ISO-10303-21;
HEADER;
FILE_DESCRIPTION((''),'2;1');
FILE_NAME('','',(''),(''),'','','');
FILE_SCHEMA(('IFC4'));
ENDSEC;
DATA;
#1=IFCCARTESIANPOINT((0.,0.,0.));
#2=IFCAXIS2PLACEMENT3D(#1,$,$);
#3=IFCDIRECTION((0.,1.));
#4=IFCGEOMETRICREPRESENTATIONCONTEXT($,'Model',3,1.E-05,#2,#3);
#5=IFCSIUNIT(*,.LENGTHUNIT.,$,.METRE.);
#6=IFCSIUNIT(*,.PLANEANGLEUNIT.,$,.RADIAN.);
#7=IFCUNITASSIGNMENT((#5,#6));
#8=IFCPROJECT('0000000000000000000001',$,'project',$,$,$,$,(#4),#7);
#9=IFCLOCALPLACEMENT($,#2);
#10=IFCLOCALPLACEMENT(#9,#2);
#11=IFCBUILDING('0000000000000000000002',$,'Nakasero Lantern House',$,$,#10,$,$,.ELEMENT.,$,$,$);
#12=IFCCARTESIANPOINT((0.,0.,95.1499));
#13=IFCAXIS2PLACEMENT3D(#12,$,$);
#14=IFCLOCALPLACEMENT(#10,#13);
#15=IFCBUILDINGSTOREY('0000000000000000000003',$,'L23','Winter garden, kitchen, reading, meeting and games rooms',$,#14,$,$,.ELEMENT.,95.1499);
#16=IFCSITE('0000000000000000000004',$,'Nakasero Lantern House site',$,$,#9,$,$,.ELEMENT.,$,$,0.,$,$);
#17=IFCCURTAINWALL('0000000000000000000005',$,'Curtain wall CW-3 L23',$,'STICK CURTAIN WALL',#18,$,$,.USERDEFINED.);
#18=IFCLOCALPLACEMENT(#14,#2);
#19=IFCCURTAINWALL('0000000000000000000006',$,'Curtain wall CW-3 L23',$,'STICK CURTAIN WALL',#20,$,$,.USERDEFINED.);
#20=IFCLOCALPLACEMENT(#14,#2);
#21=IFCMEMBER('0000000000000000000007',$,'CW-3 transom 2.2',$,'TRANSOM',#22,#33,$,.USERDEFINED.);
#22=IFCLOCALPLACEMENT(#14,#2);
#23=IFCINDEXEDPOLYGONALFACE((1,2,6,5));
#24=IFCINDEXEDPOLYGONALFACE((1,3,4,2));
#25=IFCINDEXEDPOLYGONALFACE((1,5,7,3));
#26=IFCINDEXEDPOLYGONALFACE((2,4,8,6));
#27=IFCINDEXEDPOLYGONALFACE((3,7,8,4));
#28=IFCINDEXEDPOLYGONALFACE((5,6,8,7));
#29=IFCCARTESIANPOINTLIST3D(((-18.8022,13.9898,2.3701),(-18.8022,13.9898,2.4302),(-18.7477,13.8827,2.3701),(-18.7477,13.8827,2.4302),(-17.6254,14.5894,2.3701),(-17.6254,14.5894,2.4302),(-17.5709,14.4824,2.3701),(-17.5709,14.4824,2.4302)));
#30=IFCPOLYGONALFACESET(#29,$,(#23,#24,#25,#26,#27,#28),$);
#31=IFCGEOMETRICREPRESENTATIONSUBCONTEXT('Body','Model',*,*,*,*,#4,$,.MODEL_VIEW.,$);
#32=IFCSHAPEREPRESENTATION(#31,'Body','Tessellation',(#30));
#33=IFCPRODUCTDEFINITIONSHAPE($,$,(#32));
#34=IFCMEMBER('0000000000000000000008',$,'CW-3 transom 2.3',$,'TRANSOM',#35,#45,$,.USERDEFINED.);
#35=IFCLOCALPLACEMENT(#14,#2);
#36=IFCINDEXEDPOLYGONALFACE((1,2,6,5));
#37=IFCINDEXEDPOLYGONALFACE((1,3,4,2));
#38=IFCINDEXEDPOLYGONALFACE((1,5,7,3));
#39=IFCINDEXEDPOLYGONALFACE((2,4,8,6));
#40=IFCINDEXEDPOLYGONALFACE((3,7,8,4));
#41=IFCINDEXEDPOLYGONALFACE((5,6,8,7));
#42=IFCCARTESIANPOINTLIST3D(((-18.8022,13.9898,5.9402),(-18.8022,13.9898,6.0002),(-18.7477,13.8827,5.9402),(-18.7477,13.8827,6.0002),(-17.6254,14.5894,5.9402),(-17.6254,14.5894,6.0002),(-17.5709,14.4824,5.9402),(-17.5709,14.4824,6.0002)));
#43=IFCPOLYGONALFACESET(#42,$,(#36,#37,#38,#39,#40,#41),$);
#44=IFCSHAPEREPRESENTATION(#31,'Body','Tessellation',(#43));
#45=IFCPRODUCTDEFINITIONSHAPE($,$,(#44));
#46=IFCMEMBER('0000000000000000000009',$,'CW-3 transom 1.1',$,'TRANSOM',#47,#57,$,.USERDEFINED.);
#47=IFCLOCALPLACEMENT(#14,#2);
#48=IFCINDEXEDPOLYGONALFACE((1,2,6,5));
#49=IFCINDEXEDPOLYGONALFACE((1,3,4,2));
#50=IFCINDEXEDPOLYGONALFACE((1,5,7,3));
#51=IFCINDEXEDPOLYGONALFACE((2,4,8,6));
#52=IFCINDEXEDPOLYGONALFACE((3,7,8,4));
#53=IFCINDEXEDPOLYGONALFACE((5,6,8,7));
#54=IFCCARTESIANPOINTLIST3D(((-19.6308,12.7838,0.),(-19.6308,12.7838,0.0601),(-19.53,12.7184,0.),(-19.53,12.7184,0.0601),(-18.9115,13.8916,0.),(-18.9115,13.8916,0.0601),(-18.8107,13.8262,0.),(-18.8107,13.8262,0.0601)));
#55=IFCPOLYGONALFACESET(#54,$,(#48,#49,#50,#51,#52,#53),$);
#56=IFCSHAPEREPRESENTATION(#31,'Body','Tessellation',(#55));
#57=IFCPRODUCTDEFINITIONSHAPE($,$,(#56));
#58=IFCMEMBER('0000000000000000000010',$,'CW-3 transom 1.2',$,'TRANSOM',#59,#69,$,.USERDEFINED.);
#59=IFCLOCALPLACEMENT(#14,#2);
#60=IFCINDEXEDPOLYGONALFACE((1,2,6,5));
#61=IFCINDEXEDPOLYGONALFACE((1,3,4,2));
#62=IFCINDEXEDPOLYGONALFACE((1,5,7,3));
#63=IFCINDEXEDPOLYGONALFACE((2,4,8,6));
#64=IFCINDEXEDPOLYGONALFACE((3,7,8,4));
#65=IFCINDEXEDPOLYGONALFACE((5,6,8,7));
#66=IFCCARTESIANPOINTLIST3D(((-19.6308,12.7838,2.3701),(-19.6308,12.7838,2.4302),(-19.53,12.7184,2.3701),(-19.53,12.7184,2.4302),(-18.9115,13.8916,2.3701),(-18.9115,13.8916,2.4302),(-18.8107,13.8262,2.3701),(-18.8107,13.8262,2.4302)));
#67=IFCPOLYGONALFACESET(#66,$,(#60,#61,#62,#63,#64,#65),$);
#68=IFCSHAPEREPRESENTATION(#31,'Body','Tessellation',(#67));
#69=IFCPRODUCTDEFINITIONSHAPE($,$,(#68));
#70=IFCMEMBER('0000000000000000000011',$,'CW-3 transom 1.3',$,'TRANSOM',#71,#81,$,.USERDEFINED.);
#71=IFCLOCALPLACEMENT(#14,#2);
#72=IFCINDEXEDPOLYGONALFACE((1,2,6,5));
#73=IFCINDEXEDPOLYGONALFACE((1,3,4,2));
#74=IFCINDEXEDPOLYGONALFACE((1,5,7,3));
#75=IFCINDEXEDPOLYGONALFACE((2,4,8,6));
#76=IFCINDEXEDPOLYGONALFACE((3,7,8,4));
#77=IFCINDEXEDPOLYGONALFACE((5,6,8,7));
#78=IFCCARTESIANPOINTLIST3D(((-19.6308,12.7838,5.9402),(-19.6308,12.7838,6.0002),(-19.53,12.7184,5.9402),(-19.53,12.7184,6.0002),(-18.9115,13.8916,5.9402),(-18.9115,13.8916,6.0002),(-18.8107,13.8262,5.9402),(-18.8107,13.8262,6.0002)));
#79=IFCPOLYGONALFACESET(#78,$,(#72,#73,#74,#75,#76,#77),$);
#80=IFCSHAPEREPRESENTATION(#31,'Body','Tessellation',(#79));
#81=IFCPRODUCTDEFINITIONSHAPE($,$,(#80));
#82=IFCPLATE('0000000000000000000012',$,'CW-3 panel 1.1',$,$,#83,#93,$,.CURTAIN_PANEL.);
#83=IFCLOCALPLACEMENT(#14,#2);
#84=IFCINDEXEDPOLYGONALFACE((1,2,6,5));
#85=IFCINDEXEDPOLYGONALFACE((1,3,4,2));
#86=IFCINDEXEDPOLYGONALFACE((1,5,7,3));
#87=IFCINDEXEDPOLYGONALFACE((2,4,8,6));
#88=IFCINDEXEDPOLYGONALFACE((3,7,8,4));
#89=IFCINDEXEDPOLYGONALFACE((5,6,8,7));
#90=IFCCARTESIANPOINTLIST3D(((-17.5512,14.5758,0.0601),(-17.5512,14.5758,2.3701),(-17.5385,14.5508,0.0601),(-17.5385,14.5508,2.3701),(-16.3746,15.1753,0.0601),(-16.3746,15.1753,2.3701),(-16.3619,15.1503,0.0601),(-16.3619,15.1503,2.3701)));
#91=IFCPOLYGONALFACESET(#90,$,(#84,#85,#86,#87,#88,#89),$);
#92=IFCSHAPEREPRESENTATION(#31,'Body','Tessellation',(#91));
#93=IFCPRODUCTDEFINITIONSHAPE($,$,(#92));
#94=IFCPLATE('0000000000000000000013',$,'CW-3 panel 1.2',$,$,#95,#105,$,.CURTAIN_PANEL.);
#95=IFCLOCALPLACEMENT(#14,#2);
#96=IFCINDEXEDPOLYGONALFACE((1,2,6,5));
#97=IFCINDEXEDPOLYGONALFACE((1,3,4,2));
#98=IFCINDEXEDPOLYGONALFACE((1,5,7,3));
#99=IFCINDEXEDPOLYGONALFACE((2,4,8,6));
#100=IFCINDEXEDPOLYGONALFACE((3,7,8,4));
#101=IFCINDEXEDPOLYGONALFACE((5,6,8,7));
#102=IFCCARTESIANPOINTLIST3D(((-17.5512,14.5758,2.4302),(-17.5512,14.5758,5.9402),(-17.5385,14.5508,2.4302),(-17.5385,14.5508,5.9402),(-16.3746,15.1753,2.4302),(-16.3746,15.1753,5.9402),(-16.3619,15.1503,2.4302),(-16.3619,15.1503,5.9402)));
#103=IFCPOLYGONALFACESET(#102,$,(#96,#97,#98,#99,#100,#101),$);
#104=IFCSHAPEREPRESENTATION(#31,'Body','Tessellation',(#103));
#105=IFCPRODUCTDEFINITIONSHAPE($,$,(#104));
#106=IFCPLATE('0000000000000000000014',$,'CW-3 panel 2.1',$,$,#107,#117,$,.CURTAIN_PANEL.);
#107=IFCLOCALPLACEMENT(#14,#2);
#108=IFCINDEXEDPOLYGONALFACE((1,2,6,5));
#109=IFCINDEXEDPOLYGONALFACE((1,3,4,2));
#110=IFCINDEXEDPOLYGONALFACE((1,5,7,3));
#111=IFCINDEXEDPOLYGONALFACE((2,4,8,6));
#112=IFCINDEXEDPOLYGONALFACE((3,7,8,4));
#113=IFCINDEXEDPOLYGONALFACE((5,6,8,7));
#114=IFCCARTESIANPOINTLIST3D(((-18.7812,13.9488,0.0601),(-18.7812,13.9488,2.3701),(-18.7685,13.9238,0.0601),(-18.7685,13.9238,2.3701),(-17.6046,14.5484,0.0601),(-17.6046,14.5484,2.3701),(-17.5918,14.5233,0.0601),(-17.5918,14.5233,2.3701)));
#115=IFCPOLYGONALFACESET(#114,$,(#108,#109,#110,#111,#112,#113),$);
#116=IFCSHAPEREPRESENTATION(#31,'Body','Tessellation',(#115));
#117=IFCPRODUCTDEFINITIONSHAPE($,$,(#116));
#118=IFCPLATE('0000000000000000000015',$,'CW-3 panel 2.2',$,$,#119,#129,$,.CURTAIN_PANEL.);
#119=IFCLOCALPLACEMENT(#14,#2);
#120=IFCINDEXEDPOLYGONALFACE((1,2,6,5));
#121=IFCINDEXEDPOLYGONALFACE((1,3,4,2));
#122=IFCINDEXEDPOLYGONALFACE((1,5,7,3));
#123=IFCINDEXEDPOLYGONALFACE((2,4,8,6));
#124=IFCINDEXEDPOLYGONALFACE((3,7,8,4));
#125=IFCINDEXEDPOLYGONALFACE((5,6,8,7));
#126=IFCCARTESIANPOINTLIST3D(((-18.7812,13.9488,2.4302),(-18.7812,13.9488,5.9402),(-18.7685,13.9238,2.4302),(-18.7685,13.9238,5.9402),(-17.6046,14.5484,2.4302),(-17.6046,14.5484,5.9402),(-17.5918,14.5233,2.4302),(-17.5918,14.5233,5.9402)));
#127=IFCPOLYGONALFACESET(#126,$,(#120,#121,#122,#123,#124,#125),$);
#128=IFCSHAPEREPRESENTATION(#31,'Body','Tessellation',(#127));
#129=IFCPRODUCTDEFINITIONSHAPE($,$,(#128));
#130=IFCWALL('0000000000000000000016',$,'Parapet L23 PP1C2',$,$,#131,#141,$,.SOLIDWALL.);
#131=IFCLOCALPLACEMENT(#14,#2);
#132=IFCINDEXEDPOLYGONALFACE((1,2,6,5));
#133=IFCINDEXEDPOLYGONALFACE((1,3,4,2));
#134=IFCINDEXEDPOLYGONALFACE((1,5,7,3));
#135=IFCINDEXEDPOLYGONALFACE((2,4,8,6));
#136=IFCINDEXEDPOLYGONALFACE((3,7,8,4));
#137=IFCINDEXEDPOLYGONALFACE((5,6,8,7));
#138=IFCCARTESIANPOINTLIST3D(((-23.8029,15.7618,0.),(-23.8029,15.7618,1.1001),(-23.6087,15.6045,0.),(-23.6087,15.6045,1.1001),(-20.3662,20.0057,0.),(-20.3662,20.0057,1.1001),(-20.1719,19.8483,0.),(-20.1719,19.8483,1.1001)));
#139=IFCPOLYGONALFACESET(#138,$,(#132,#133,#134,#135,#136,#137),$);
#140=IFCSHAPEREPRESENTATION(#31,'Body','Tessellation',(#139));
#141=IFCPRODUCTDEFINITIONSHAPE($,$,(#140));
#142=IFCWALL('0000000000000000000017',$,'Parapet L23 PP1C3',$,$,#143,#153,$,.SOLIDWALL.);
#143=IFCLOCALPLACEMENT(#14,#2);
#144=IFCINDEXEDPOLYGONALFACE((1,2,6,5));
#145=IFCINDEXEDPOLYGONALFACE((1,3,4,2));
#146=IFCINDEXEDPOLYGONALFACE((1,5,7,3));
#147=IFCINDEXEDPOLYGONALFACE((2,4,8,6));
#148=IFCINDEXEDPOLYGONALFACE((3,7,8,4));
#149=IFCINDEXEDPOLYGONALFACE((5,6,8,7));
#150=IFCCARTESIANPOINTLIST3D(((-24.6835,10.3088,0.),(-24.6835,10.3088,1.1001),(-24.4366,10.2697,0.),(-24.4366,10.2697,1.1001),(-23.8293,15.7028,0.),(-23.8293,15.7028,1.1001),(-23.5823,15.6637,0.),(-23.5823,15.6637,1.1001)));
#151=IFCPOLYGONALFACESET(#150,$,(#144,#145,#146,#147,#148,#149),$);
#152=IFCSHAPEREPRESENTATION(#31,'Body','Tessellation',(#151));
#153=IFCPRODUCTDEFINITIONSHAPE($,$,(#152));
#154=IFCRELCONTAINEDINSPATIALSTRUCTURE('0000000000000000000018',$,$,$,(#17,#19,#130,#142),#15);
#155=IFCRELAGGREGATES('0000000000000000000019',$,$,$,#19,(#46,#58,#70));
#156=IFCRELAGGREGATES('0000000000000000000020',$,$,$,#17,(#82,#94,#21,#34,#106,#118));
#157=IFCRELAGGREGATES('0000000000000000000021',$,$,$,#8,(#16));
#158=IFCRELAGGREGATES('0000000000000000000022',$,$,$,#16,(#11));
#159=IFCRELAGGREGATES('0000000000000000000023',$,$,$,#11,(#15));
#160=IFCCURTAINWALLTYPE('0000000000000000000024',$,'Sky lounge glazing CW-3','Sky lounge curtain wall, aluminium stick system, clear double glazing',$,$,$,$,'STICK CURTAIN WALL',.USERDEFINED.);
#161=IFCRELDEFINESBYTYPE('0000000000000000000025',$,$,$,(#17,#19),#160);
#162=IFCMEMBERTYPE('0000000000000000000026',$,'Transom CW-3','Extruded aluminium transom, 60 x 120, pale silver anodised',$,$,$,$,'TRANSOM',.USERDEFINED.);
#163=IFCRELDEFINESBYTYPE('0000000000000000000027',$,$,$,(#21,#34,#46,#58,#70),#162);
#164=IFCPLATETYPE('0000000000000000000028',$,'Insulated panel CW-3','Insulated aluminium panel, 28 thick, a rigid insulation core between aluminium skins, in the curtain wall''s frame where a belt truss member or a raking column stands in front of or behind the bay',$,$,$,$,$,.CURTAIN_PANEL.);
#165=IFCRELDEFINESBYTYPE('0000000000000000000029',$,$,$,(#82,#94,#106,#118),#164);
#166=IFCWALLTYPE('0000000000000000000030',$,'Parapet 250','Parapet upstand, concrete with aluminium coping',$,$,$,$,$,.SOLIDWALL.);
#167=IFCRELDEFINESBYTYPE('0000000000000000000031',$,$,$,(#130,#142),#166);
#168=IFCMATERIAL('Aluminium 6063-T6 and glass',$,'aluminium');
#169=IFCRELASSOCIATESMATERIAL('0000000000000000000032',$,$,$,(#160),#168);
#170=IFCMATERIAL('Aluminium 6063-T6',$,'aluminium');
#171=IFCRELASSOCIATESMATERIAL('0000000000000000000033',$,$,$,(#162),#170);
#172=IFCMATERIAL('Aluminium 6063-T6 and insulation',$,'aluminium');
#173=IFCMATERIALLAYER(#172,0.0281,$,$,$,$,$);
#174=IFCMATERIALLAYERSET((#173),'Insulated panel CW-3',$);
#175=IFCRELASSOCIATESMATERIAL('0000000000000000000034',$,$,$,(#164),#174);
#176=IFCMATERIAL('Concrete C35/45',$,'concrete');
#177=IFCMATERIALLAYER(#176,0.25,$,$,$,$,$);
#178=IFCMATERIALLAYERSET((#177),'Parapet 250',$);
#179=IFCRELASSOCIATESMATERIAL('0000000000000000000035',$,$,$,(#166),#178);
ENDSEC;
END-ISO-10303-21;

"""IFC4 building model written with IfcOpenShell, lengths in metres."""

from ifc_helpers import new_model, si_unit, direction, frame, frame_2d, origin, origin_2d, place, context, subcontext, project, spatial, rectangle, extrude, material, layer, layer_set, material_profile, profile_set, type_object, element, aggregate, save


model = new_model("IFC4")

# Units and contexts
model_context = context("Model", 3, precision=1e-05, world=origin(), true_north=direction((0.0, 1.0)))
body_context = subcontext(model_context, "Body", "Model", "MODEL_VIEW")
ifc_project = project(units=[si_unit("LENGTHUNIT", "METRE"), si_unit("PLANEANGLEUNIT", "RADIAN")], contexts=[model_context])

# Site, building, storey
site_placement = place(None, origin())
site = spatial("IfcSite", under=ifc_project, at=site_placement, Name="Nakasero Lantern House site", CompositionType="ELEMENT", RefElevation=0.0)
building_placement = place(site_placement, origin())
building = spatial("IfcBuilding", under=site, at=building_placement, Name="Nakasero Lantern House", CompositionType="ELEMENT")
storey_placement = place(building_placement, frame((0.0, 0.0, 95.1499)))
storey = spatial("IfcBuildingStorey", under=building, at=storey_placement, Name="L23", Description="Winter garden, kitchen, reading, meeting and games rooms", CompositionType="ELEMENT", Elevation=95.1499)

# Curtain wall
ifc_material_1 = material(Name="Aluminium 6063-T6 and glass", Category="aluminium")
curtain_wall_type = type_object("IfcCurtainWallType", Name="Sky lounge glazing CW-3", Description="Sky lounge curtain wall, aluminium stick system, clear double glazing", ElementType="STICK CURTAIN WALL", PredefinedType="USERDEFINED", material=ifc_material_1)
curtain_wall_1_placement = place(storey_placement, origin())
curtain_wall_1 = element("IfcCurtainWall", 1, at=curtain_wall_1_placement, inside=storey, type_object=curtain_wall_type, Name="Curtain wall CW-3 L23", ObjectType="STICK CURTAIN WALL", PredefinedType="USERDEFINED")

# Curtain wall
curtain_wall_2_placement = place(storey_placement, origin())
curtain_wall_2 = element("IfcCurtainWall", 2, at=curtain_wall_2_placement, inside=storey, type_object=curtain_wall_type, Name="Curtain wall CW-3 L23", ObjectType="STICK CURTAIN WALL", PredefinedType="USERDEFINED")

# Members
ifc_material_2 = material(Name="Aluminium 6063-T6", Category="aluminium")
ifc_material_profile_1 = material_profile(ifc_material_2, rectangle(XDim=0.0601, YDim=0.1201, at=origin_2d()), Name="CW-3 transom 60x120")
ifc_profile_set_1 = profile_set([ifc_material_profile_1], Name="Aluminium 6063-T6")
member_type_1 = type_object("IfcMemberType", Name="Transom CW-3", Description="Extruded aluminium transom, 60 x 120, pale silver anodised", ElementType="TRANSOM", PredefinedType="USERDEFINED", material=ifc_profile_set_1)
member_1_placement = place(storey_placement, frame((-17.5981, 14.5359, 2.4001), z_axis=(-0.891, -0.454003, 0.0), x_axis=(0.0, 0.0, 1.0)))
member_1 = element("IfcMember", 3, at=member_1_placement, type_object=member_type_1, Name="CW-3 transom 2.2", ObjectType="TRANSOM", PredefinedType="USERDEFINED", context=body_context, shape_type="SweptSolid", body=[
    extrude(rectangle(XDim=0.0601, YDim=0.1201, at=origin_2d()), origin(), (0.0, 0.0, 1.0), 1.3208),
])
member_2_placement = place(storey_placement, frame((-17.5981, 14.5359, 5.9702), z_axis=(-0.891, -0.454003, 0.0), x_axis=(0.0, 0.0, 1.0)))
member_2 = element("IfcMember", 4, at=member_2_placement, type_object=member_type_1, Name="CW-3 transom 2.3", ObjectType="TRANSOM", PredefinedType="USERDEFINED", context=body_context, shape_type="SweptSolid", body=[
    extrude(rectangle(XDim=0.0601, YDim=0.1201, at=origin_2d()), origin(), (0.0, 0.0, 1.0), 1.3208),
])
member_3_placement = place(storey_placement, frame((-18.8611, 13.8589, 0.03), z_axis=(-0.544592, -0.838701, 0.0), x_axis=(0.0, 0.0, 1.0)))
member_3 = element("IfcMember", 5, at=member_3_placement, type_object=member_type_1, Name="CW-3 transom 1.1", ObjectType="TRANSOM", PredefinedType="USERDEFINED", context=body_context, shape_type="SweptSolid", body=[
    extrude(rectangle(XDim=0.0601, YDim=0.1201, at=origin_2d()), origin(), (0.0, 0.0, 1.0), 1.3208),
])
member_4_placement = place(storey_placement, frame((-18.8611, 13.8589, 2.4001), z_axis=(-0.544592, -0.838701, 0.0), x_axis=(0.0, 0.0, 1.0)))
member_4 = element("IfcMember", 6, at=member_4_placement, type_object=member_type_1, Name="CW-3 transom 1.2", ObjectType="TRANSOM", PredefinedType="USERDEFINED", context=body_context, shape_type="SweptSolid", body=[
    extrude(rectangle(XDim=0.0601, YDim=0.1201, at=origin_2d()), origin(), (0.0, 0.0, 1.0), 1.3208),
])
member_5_placement = place(storey_placement, frame((-18.8611, 13.8589, 5.9702), z_axis=(-0.544592, -0.838701, 0.0), x_axis=(0.0, 0.0, 1.0)))
member_5 = element("IfcMember", 7, at=member_5_placement, type_object=member_type_1, Name="CW-3 transom 1.3", ObjectType="TRANSOM", PredefinedType="USERDEFINED", context=body_context, shape_type="SweptSolid", body=[
    extrude(rectangle(XDim=0.0601, YDim=0.1201, at=origin_2d()), origin(), (0.0, 0.0, 1.0), 1.3208),
])
aggregate(curtain_wall_2, [member_3, member_4, member_5])

# Plates
ifc_material_3 = material(Name="Aluminium 6063-T6 and insulation", Category="aluminium")
ifc_layer_1 = layer(ifc_material_3, 0.0281)
ifc_layer_set_1 = layer_set([ifc_layer_1], Name="Insulated panel CW-3")
plate_type = type_object("IfcPlateType", Name="Insulated panel CW-3", Description="Insulated aluminium panel, 28 thick, a rigid insulation core between aluminium skins, in the curtain wall's frame where a belt truss member or a raking column stands in front of or behind the bay", PredefinedType="CURTAIN_PANEL", material=ifc_layer_set_1)
plate_1_placement = place(storey_placement, frame((-16.9565, 14.863, 0.0601), z_axis=(0.0, 0.0, 1.0), x_axis=(-0.891007, -0.45399, 0.0)))
plate_1 = element("IfcPlate", 8, at=plate_1_placement, type_object=plate_type, Name="CW-3 panel 1.1", PredefinedType="CURTAIN_PANEL", context=body_context, shape_type="SweptSolid", body=[
    extrude(rectangle(XDim=1.3206, YDim=0.0281, at=origin_2d()), origin(), (0.0, 0.0, 1.0), 2.3101),
])
plate_2_placement = place(storey_placement, frame((-16.9565, 14.863, 2.4302), z_axis=(0.0, 0.0, 1.0), x_axis=(-0.891007, -0.45399, 0.0)))
plate_2 = element("IfcPlate", 9, at=plate_2_placement, type_object=plate_type, Name="CW-3 panel 1.2", PredefinedType="CURTAIN_PANEL", context=body_context, shape_type="SweptSolid", body=[
    extrude(rectangle(XDim=1.3206, YDim=0.0281, at=origin_2d()), origin(), (0.0, 0.0, 1.0), 3.51),
])
plate_3_placement = place(storey_placement, frame((-18.1865, 14.2361, 0.0601), z_axis=(0.0, 0.0, 1.0), x_axis=(-0.891007, -0.45399, 0.0)))
plate_3 = element("IfcPlate", 10, at=plate_3_placement, type_object=plate_type, Name="CW-3 panel 2.1", PredefinedType="CURTAIN_PANEL", context=body_context, shape_type="SweptSolid", body=[
    extrude(rectangle(XDim=1.3206, YDim=0.0281, at=origin_2d()), origin(), (0.0, 0.0, 1.0), 2.3101),
])
plate_4_placement = place(storey_placement, frame((-18.1865, 14.2361, 2.4302), z_axis=(0.0, 0.0, 1.0), x_axis=(-0.891007, -0.45399, 0.0)))
plate_4 = element("IfcPlate", 11, at=plate_4_placement, type_object=plate_type, Name="CW-3 panel 2.2", PredefinedType="CURTAIN_PANEL", context=body_context, shape_type="SweptSolid", body=[
    extrude(rectangle(XDim=1.3206, YDim=0.0281, at=origin_2d()), origin(), (0.0, 0.0, 1.0), 3.51),
])
aggregate(curtain_wall_1, [plate_1, plate_2, member_1, member_2, plate_3, plate_4])

# Walls
ifc_material_4 = material(Name="Concrete C35/45", Category="concrete")
ifc_layer_2 = layer(ifc_material_4, 0.25)
ifc_layer_set_2 = layer_set([ifc_layer_2], Name="Parapet 250")
wall_type = type_object("IfcWallType", Name="Parapet 250", Description="Parapet upstand, concrete with aluminium coping", PredefinedType="SOLIDWALL", material=ifc_layer_set_2)
wall_1_placement = place(storey_placement, frame((-20.269, 19.927, 0.0), z_axis=(0.0, 0.0, 1.0), x_axis=(-0.629335, -0.777135, 0.0)))
element("IfcWall", 12, at=wall_1_placement, inside=storey, type_object=wall_type, Name="Parapet L23 PP1C2", PredefinedType="SOLIDWALL", context=body_context, shape_type="SweptSolid", body=[
    extrude(rectangle(XDim=5.4609, YDim=0.25, at=frame_2d((2.7305, 0.0))), origin(), (0.0, 0.0, 1.0), 1.1001),
])
wall_2_placement = place(storey_placement, frame((-23.7058, 15.6831, 0.0), z_axis=(0.0, 0.0, 1.0), x_axis=(-0.156419, -0.987691, 0.0)))
element("IfcWall", 13, at=wall_2_placement, inside=storey, type_object=wall_type, Name="Parapet L23 PP1C3", PredefinedType="SOLIDWALL", context=body_context, shape_type="SweptSolid", body=[
    extrude(rectangle(XDim=5.4612, YDim=0.25, at=frame_2d((2.7305, 0.0))), origin(), (0.0, 0.0, 1.0), 1.1001),
])

save(model, "model.ifc")
